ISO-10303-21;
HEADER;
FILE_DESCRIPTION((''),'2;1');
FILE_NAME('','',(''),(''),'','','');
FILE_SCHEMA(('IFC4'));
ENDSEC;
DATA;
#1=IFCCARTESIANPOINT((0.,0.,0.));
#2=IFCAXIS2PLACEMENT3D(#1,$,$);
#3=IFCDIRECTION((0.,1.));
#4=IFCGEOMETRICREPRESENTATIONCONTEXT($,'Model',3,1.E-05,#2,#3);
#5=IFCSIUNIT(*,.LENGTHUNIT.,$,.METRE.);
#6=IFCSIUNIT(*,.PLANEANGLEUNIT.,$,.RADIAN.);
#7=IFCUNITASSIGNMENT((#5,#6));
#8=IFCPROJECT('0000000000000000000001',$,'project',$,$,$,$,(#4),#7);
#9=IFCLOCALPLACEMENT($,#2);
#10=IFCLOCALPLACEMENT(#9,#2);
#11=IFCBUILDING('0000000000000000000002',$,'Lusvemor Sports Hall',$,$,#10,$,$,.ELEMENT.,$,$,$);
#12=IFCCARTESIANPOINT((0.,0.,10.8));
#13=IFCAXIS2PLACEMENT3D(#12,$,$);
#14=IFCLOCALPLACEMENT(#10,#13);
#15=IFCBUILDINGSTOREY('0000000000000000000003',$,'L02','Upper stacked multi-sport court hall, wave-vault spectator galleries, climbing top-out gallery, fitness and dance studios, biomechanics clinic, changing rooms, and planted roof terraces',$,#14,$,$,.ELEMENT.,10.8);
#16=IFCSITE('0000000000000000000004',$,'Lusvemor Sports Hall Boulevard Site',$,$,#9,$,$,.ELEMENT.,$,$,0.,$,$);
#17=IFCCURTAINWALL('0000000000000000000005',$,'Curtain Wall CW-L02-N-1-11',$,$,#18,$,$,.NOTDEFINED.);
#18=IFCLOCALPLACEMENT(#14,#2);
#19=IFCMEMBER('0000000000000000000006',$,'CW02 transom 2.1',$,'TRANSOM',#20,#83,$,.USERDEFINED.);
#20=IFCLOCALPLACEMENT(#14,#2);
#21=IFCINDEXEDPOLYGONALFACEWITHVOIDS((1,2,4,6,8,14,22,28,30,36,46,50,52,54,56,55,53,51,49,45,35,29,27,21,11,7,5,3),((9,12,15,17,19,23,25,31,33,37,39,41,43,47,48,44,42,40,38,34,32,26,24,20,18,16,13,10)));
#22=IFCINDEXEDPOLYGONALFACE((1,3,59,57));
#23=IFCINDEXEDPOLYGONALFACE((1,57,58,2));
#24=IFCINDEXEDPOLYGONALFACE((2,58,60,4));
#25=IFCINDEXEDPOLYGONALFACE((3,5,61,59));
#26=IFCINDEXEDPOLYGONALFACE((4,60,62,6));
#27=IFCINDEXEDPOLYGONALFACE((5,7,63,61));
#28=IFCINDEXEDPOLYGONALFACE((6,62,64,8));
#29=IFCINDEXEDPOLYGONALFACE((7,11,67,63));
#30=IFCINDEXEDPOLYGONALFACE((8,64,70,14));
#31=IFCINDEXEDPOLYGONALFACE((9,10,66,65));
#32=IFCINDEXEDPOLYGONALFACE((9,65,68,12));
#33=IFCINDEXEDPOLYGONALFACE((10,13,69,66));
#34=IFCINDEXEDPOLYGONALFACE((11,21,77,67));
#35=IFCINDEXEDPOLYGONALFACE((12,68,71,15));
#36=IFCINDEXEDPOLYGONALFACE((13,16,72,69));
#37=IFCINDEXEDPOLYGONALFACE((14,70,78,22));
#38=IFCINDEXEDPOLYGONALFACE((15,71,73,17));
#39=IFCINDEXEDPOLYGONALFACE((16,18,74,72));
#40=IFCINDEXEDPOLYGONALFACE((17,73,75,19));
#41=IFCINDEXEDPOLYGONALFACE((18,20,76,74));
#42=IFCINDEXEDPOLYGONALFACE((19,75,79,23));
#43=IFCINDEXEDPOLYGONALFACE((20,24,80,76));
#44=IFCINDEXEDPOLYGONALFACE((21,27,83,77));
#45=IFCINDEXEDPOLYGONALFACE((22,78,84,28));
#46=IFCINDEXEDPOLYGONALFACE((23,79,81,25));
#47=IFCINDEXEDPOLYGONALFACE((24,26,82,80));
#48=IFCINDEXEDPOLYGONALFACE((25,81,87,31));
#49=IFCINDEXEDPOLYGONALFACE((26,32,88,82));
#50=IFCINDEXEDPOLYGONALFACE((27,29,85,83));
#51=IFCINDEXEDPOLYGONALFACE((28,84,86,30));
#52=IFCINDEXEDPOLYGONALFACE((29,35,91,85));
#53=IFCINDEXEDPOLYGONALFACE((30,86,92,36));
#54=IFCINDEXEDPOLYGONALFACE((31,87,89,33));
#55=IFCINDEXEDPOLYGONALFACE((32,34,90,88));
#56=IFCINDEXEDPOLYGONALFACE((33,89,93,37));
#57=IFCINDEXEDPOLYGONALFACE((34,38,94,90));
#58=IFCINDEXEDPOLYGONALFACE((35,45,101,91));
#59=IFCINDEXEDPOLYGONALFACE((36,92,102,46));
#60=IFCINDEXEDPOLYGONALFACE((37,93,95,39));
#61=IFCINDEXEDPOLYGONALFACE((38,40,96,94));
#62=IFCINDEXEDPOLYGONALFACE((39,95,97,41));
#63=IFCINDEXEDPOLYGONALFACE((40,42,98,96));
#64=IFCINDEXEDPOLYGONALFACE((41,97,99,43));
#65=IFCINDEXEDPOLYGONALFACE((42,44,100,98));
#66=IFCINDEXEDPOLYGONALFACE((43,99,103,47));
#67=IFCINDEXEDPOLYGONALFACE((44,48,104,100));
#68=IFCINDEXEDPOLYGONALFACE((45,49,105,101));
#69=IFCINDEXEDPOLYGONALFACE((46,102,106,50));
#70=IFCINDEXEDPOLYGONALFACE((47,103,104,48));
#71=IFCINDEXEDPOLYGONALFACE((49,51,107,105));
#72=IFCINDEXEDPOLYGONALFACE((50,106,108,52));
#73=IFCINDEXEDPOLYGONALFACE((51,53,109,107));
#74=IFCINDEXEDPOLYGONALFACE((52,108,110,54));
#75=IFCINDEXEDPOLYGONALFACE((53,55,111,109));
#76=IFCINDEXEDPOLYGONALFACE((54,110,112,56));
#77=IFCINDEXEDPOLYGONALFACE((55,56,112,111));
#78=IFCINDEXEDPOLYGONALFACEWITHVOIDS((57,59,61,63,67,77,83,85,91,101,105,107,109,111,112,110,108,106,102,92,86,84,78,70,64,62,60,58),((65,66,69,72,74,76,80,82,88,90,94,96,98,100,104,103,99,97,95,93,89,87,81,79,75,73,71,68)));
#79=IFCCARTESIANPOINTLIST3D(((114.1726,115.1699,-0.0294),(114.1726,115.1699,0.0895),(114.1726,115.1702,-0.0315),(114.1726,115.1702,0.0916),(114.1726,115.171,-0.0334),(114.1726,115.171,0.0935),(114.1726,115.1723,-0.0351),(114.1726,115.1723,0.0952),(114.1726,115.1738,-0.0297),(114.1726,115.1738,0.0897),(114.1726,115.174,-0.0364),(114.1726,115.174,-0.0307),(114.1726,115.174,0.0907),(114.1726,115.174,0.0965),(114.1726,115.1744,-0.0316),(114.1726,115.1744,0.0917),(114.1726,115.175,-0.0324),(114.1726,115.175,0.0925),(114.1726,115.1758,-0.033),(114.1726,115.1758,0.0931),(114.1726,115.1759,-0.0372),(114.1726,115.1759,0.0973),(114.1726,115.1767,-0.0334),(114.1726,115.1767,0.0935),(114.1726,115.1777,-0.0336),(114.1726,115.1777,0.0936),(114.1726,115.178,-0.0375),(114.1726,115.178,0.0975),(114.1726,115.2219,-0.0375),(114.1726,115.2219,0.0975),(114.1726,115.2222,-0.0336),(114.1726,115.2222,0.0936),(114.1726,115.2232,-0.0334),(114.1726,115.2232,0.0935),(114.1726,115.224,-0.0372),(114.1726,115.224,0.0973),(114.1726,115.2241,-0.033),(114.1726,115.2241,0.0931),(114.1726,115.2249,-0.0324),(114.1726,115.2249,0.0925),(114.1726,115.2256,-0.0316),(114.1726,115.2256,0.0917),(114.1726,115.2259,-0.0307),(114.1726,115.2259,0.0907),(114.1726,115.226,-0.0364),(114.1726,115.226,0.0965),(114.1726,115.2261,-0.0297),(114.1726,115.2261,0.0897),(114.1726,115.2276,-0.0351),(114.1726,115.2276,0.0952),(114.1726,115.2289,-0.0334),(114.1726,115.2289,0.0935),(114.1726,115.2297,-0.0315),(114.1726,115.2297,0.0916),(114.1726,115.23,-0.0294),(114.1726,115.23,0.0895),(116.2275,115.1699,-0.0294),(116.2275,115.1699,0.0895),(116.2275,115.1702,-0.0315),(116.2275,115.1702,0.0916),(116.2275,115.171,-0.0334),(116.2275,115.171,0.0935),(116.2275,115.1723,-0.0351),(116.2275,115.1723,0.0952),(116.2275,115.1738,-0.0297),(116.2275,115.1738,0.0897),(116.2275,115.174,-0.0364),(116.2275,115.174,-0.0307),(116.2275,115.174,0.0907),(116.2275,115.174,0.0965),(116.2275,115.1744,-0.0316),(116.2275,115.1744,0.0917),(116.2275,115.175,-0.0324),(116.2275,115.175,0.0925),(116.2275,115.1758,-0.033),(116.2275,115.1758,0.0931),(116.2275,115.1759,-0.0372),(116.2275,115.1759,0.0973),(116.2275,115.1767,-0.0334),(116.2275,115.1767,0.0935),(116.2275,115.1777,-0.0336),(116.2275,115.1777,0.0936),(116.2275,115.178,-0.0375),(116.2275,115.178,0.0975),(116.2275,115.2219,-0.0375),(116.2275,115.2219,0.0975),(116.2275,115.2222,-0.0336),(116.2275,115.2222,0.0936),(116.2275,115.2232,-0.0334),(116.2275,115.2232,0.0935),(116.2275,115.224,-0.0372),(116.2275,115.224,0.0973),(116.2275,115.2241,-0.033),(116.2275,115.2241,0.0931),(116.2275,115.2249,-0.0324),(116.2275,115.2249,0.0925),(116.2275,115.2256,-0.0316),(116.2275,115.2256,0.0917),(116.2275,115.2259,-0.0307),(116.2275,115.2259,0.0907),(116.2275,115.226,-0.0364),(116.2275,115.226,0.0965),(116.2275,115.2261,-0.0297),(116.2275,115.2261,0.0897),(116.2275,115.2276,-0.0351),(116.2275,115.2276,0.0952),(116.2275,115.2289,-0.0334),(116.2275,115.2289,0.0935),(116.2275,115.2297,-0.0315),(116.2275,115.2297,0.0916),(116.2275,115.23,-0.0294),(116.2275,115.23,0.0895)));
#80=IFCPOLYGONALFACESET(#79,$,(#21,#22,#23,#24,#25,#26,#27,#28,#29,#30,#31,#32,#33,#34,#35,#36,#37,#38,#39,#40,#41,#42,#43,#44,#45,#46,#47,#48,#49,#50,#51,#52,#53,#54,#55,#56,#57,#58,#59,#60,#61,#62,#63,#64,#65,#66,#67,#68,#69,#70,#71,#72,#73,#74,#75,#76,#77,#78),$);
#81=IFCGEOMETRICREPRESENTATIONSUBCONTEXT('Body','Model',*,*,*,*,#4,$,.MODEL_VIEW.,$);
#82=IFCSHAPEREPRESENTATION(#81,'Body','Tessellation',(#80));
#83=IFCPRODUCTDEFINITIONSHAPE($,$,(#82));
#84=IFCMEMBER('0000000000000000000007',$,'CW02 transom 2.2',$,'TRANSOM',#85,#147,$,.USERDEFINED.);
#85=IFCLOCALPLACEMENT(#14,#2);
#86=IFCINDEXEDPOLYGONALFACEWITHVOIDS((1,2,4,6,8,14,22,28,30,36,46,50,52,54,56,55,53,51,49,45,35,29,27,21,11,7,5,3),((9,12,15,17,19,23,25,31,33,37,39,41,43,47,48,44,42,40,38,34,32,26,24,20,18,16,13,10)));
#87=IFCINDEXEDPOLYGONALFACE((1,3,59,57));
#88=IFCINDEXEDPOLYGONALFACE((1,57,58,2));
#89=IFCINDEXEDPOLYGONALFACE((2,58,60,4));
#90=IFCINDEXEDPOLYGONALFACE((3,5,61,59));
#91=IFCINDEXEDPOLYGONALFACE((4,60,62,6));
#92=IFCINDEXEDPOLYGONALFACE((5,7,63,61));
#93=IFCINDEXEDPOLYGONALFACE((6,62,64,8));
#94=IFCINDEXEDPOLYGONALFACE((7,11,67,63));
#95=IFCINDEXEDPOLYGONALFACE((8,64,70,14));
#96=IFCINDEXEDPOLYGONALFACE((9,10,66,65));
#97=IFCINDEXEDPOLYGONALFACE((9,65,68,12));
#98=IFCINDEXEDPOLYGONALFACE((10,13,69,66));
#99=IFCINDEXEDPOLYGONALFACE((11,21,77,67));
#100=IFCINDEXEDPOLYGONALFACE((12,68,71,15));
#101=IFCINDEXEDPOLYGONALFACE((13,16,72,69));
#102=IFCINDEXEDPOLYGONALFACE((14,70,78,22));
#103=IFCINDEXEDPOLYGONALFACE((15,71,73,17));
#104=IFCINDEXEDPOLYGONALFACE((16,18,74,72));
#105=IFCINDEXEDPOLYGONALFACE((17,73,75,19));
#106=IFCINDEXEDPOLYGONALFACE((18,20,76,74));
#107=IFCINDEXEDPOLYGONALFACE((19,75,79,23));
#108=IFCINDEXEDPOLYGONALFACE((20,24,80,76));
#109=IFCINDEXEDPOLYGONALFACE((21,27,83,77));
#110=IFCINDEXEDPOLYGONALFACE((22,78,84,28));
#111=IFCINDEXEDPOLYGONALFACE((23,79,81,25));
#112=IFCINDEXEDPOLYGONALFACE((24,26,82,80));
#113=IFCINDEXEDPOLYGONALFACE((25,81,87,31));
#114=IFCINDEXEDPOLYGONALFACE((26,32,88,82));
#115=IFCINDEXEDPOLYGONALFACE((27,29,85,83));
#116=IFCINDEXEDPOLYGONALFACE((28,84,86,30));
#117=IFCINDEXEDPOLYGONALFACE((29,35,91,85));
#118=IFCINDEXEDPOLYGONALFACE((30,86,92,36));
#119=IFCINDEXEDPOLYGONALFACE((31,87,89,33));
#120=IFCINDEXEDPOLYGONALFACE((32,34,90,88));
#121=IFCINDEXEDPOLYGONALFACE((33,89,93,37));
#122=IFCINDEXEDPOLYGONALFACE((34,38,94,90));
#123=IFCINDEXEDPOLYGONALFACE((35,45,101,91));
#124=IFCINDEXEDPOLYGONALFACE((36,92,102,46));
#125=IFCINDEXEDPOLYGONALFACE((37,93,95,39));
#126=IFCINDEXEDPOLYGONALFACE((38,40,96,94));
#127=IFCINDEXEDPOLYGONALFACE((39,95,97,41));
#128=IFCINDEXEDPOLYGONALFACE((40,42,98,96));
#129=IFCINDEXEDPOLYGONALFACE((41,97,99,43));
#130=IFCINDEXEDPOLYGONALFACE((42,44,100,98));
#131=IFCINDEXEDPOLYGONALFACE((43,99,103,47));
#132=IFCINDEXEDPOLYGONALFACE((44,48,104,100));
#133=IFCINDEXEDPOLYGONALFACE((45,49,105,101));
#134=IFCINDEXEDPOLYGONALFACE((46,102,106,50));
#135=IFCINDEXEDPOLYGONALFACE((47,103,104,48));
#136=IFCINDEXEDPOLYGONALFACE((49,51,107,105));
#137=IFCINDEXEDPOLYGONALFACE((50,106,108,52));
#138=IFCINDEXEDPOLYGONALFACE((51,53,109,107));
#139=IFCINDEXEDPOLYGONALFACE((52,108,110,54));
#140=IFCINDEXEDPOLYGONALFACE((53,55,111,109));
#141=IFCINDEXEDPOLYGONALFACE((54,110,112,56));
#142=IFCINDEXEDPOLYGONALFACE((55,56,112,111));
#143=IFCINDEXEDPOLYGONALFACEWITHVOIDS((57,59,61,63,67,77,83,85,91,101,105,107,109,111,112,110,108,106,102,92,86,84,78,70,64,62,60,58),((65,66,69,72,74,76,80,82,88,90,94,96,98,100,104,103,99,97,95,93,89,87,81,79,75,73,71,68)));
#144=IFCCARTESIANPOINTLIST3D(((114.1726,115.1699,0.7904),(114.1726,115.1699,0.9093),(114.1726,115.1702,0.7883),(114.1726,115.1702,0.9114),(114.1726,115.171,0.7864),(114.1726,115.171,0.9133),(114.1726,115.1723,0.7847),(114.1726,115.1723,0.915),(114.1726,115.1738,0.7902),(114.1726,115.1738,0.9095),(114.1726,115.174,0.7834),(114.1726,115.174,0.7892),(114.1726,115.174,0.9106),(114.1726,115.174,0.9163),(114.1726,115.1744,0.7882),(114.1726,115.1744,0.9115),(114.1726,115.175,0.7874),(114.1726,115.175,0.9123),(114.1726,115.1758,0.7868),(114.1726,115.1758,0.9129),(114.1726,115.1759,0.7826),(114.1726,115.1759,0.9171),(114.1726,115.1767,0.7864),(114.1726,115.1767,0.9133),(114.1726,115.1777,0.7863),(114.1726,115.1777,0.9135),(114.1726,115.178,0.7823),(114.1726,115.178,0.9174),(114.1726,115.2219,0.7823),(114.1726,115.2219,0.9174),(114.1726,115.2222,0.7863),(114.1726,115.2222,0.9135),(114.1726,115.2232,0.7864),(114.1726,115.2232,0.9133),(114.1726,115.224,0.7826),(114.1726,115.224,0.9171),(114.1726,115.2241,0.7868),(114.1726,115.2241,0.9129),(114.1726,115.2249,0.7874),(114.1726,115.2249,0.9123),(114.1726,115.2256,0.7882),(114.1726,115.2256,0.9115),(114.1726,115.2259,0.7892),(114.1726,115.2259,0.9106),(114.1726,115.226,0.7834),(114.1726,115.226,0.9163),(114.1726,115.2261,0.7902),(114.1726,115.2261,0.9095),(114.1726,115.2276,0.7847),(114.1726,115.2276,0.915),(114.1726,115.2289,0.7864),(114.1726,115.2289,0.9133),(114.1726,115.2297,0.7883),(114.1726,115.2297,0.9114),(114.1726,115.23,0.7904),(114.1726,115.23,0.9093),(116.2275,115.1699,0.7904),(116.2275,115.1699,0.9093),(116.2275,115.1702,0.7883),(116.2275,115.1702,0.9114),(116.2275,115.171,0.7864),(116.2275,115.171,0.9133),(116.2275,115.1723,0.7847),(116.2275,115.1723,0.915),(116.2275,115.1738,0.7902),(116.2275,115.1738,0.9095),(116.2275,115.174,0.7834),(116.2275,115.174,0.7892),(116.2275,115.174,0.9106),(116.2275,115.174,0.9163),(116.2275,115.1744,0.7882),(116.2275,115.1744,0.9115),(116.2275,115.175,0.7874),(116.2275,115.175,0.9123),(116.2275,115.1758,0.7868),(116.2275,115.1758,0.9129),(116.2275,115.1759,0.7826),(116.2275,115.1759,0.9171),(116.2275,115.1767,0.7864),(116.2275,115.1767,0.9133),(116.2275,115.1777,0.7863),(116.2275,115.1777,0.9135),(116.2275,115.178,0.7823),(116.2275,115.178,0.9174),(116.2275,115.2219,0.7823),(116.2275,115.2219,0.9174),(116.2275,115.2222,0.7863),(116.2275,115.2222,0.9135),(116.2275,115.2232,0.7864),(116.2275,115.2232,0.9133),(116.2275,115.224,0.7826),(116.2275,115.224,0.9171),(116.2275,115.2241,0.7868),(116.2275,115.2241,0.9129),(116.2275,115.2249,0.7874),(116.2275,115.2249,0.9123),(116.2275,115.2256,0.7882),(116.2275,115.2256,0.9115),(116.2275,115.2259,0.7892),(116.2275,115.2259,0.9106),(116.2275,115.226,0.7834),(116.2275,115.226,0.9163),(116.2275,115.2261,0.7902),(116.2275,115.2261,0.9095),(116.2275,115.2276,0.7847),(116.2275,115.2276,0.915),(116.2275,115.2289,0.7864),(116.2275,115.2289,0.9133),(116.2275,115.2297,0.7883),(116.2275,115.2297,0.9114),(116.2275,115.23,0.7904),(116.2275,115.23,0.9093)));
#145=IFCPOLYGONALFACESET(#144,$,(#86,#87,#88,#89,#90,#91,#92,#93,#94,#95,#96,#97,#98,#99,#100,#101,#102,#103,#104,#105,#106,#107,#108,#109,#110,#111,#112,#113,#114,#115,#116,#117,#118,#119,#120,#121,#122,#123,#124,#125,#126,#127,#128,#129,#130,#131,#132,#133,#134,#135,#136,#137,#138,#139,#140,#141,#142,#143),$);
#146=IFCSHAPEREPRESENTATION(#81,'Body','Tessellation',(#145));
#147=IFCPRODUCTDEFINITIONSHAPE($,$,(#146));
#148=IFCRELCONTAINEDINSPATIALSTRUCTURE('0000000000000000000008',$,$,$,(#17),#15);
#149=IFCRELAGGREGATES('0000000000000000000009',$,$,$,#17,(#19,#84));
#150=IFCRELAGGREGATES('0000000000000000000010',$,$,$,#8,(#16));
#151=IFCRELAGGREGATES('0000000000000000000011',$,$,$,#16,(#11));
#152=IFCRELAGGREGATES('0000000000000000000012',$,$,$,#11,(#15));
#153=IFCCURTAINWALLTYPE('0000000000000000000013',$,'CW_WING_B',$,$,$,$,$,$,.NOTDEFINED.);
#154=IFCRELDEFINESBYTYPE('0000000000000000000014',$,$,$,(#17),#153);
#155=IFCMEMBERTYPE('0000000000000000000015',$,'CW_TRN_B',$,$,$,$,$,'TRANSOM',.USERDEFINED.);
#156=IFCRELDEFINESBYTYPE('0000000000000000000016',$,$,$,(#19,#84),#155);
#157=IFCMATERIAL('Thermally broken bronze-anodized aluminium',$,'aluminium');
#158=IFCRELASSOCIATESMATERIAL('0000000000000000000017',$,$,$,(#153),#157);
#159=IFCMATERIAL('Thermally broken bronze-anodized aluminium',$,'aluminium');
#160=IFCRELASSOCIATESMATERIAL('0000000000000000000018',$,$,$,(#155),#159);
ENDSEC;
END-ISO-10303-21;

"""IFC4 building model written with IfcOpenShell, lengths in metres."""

from ifc_helpers import new_model, si_unit, direction, frame, origin, origin_2d, place, context, subcontext, project, spatial, hollow_rectangle, extrude, material, material_profile, profile_set, type_object, element, aggregate, save


model = new_model("IFC4")

# Units and contexts
model_context = context("Model", 3, precision=1e-05, world=origin(), true_north=direction((0.0, 1.0)))
body_context = subcontext(model_context, "Body", "Model", "MODEL_VIEW")
ifc_project = project(units=[si_unit("LENGTHUNIT", "METRE"), si_unit("PLANEANGLEUNIT", "RADIAN")], contexts=[model_context])

# Site, building, storey
site_placement = place(None, origin())
site = spatial("IfcSite", under=ifc_project, at=site_placement, Name="Lusvemor Sports Hall Boulevard Site", CompositionType="ELEMENT", RefElevation=0.0)
building_placement = place(site_placement, origin())
building = spatial("IfcBuilding", under=site, at=building_placement, Name="Lusvemor Sports Hall", CompositionType="ELEMENT")
storey_placement = place(building_placement, frame((0.0, 0.0, 10.8)))
storey = spatial("IfcBuildingStorey", under=building, at=storey_placement, Name="L02", Description="Upper stacked multi-sport court hall, wave-vault spectator galleries, climbing top-out gallery, fitness and dance studios, biomechanics clinic, changing rooms, and planted roof terraces", CompositionType="ELEMENT", Elevation=10.8)

# Curtain wall, members
ifc_material_1 = material(Name="Thermally broken bronze-anodized aluminium", Category="aluminium")
curtain_wall_type = type_object("IfcCurtainWallType", Name="CW_WING_B", PredefinedType="NOTDEFINED", material=ifc_material_1)
curtain_wall_placement = place(storey_placement, origin())
curtain_wall = element("IfcCurtainWall", 1, at=curtain_wall_placement, inside=storey, type_object=curtain_wall_type, Name="Curtain Wall CW-L02-N-1-11", PredefinedType="NOTDEFINED")
ifc_material_2 = material(Name="Thermally broken bronze-anodized aluminium", Category="aluminium")
ifc_material_profile_1 = material_profile(ifc_material_2, hollow_rectangle(XDim=0.0601, YDim=0.135, WallThickness=0.0039, InnerFilletRadius=0.0039, OuterFilletRadius=0.0081, at=origin_2d()), Name="CWTRN135x60x4")
ifc_profile_set_1 = profile_set([ifc_material_profile_1], Name="Thermally broken bronze-anodized aluminium")
member_type_1 = type_object("IfcMemberType", Name="CW_TRN_B", ElementType="TRANSOM", PredefinedType="USERDEFINED", material=ifc_profile_set_1)
member_1_placement = place(storey_placement, frame((114.1726, 115.2, 0.03), z_axis=(1.0, 0.0, 0.0), x_axis=(0.0, 1.0, 0.0)))
member_1 = element("IfcMember", 2, at=member_1_placement, type_object=member_type_1, Name="CW02 transom 2.1", ObjectType="TRANSOM", PredefinedType="USERDEFINED", context=body_context, shape_type="SweptSolid", body=[
    extrude(hollow_rectangle(XDim=0.0601, YDim=0.135, WallThickness=0.0039, InnerFilletRadius=0.0039, OuterFilletRadius=0.0081, at=origin_2d()), origin(), (0.0, 0.0, 1.0), 2.0549),
])
member_2_placement = place(storey_placement, frame((114.1726, 115.2, 0.8499), z_axis=(1.0, 0.0, 0.0), x_axis=(0.0, 1.0, 0.0)))
member_2 = element("IfcMember", 3, at=member_2_placement, type_object=member_type_1, Name="CW02 transom 2.2", ObjectType="TRANSOM", PredefinedType="USERDEFINED", context=body_context, shape_type="SweptSolid", body=[
    extrude(hollow_rectangle(XDim=0.0601, YDim=0.135, WallThickness=0.0039, InnerFilletRadius=0.0039, OuterFilletRadius=0.0081, at=origin_2d()), origin(), (0.0, 0.0, 1.0), 2.0549),
])

aggregate(curtain_wall, [member_1, member_2])

save(model, "model.ifc")
